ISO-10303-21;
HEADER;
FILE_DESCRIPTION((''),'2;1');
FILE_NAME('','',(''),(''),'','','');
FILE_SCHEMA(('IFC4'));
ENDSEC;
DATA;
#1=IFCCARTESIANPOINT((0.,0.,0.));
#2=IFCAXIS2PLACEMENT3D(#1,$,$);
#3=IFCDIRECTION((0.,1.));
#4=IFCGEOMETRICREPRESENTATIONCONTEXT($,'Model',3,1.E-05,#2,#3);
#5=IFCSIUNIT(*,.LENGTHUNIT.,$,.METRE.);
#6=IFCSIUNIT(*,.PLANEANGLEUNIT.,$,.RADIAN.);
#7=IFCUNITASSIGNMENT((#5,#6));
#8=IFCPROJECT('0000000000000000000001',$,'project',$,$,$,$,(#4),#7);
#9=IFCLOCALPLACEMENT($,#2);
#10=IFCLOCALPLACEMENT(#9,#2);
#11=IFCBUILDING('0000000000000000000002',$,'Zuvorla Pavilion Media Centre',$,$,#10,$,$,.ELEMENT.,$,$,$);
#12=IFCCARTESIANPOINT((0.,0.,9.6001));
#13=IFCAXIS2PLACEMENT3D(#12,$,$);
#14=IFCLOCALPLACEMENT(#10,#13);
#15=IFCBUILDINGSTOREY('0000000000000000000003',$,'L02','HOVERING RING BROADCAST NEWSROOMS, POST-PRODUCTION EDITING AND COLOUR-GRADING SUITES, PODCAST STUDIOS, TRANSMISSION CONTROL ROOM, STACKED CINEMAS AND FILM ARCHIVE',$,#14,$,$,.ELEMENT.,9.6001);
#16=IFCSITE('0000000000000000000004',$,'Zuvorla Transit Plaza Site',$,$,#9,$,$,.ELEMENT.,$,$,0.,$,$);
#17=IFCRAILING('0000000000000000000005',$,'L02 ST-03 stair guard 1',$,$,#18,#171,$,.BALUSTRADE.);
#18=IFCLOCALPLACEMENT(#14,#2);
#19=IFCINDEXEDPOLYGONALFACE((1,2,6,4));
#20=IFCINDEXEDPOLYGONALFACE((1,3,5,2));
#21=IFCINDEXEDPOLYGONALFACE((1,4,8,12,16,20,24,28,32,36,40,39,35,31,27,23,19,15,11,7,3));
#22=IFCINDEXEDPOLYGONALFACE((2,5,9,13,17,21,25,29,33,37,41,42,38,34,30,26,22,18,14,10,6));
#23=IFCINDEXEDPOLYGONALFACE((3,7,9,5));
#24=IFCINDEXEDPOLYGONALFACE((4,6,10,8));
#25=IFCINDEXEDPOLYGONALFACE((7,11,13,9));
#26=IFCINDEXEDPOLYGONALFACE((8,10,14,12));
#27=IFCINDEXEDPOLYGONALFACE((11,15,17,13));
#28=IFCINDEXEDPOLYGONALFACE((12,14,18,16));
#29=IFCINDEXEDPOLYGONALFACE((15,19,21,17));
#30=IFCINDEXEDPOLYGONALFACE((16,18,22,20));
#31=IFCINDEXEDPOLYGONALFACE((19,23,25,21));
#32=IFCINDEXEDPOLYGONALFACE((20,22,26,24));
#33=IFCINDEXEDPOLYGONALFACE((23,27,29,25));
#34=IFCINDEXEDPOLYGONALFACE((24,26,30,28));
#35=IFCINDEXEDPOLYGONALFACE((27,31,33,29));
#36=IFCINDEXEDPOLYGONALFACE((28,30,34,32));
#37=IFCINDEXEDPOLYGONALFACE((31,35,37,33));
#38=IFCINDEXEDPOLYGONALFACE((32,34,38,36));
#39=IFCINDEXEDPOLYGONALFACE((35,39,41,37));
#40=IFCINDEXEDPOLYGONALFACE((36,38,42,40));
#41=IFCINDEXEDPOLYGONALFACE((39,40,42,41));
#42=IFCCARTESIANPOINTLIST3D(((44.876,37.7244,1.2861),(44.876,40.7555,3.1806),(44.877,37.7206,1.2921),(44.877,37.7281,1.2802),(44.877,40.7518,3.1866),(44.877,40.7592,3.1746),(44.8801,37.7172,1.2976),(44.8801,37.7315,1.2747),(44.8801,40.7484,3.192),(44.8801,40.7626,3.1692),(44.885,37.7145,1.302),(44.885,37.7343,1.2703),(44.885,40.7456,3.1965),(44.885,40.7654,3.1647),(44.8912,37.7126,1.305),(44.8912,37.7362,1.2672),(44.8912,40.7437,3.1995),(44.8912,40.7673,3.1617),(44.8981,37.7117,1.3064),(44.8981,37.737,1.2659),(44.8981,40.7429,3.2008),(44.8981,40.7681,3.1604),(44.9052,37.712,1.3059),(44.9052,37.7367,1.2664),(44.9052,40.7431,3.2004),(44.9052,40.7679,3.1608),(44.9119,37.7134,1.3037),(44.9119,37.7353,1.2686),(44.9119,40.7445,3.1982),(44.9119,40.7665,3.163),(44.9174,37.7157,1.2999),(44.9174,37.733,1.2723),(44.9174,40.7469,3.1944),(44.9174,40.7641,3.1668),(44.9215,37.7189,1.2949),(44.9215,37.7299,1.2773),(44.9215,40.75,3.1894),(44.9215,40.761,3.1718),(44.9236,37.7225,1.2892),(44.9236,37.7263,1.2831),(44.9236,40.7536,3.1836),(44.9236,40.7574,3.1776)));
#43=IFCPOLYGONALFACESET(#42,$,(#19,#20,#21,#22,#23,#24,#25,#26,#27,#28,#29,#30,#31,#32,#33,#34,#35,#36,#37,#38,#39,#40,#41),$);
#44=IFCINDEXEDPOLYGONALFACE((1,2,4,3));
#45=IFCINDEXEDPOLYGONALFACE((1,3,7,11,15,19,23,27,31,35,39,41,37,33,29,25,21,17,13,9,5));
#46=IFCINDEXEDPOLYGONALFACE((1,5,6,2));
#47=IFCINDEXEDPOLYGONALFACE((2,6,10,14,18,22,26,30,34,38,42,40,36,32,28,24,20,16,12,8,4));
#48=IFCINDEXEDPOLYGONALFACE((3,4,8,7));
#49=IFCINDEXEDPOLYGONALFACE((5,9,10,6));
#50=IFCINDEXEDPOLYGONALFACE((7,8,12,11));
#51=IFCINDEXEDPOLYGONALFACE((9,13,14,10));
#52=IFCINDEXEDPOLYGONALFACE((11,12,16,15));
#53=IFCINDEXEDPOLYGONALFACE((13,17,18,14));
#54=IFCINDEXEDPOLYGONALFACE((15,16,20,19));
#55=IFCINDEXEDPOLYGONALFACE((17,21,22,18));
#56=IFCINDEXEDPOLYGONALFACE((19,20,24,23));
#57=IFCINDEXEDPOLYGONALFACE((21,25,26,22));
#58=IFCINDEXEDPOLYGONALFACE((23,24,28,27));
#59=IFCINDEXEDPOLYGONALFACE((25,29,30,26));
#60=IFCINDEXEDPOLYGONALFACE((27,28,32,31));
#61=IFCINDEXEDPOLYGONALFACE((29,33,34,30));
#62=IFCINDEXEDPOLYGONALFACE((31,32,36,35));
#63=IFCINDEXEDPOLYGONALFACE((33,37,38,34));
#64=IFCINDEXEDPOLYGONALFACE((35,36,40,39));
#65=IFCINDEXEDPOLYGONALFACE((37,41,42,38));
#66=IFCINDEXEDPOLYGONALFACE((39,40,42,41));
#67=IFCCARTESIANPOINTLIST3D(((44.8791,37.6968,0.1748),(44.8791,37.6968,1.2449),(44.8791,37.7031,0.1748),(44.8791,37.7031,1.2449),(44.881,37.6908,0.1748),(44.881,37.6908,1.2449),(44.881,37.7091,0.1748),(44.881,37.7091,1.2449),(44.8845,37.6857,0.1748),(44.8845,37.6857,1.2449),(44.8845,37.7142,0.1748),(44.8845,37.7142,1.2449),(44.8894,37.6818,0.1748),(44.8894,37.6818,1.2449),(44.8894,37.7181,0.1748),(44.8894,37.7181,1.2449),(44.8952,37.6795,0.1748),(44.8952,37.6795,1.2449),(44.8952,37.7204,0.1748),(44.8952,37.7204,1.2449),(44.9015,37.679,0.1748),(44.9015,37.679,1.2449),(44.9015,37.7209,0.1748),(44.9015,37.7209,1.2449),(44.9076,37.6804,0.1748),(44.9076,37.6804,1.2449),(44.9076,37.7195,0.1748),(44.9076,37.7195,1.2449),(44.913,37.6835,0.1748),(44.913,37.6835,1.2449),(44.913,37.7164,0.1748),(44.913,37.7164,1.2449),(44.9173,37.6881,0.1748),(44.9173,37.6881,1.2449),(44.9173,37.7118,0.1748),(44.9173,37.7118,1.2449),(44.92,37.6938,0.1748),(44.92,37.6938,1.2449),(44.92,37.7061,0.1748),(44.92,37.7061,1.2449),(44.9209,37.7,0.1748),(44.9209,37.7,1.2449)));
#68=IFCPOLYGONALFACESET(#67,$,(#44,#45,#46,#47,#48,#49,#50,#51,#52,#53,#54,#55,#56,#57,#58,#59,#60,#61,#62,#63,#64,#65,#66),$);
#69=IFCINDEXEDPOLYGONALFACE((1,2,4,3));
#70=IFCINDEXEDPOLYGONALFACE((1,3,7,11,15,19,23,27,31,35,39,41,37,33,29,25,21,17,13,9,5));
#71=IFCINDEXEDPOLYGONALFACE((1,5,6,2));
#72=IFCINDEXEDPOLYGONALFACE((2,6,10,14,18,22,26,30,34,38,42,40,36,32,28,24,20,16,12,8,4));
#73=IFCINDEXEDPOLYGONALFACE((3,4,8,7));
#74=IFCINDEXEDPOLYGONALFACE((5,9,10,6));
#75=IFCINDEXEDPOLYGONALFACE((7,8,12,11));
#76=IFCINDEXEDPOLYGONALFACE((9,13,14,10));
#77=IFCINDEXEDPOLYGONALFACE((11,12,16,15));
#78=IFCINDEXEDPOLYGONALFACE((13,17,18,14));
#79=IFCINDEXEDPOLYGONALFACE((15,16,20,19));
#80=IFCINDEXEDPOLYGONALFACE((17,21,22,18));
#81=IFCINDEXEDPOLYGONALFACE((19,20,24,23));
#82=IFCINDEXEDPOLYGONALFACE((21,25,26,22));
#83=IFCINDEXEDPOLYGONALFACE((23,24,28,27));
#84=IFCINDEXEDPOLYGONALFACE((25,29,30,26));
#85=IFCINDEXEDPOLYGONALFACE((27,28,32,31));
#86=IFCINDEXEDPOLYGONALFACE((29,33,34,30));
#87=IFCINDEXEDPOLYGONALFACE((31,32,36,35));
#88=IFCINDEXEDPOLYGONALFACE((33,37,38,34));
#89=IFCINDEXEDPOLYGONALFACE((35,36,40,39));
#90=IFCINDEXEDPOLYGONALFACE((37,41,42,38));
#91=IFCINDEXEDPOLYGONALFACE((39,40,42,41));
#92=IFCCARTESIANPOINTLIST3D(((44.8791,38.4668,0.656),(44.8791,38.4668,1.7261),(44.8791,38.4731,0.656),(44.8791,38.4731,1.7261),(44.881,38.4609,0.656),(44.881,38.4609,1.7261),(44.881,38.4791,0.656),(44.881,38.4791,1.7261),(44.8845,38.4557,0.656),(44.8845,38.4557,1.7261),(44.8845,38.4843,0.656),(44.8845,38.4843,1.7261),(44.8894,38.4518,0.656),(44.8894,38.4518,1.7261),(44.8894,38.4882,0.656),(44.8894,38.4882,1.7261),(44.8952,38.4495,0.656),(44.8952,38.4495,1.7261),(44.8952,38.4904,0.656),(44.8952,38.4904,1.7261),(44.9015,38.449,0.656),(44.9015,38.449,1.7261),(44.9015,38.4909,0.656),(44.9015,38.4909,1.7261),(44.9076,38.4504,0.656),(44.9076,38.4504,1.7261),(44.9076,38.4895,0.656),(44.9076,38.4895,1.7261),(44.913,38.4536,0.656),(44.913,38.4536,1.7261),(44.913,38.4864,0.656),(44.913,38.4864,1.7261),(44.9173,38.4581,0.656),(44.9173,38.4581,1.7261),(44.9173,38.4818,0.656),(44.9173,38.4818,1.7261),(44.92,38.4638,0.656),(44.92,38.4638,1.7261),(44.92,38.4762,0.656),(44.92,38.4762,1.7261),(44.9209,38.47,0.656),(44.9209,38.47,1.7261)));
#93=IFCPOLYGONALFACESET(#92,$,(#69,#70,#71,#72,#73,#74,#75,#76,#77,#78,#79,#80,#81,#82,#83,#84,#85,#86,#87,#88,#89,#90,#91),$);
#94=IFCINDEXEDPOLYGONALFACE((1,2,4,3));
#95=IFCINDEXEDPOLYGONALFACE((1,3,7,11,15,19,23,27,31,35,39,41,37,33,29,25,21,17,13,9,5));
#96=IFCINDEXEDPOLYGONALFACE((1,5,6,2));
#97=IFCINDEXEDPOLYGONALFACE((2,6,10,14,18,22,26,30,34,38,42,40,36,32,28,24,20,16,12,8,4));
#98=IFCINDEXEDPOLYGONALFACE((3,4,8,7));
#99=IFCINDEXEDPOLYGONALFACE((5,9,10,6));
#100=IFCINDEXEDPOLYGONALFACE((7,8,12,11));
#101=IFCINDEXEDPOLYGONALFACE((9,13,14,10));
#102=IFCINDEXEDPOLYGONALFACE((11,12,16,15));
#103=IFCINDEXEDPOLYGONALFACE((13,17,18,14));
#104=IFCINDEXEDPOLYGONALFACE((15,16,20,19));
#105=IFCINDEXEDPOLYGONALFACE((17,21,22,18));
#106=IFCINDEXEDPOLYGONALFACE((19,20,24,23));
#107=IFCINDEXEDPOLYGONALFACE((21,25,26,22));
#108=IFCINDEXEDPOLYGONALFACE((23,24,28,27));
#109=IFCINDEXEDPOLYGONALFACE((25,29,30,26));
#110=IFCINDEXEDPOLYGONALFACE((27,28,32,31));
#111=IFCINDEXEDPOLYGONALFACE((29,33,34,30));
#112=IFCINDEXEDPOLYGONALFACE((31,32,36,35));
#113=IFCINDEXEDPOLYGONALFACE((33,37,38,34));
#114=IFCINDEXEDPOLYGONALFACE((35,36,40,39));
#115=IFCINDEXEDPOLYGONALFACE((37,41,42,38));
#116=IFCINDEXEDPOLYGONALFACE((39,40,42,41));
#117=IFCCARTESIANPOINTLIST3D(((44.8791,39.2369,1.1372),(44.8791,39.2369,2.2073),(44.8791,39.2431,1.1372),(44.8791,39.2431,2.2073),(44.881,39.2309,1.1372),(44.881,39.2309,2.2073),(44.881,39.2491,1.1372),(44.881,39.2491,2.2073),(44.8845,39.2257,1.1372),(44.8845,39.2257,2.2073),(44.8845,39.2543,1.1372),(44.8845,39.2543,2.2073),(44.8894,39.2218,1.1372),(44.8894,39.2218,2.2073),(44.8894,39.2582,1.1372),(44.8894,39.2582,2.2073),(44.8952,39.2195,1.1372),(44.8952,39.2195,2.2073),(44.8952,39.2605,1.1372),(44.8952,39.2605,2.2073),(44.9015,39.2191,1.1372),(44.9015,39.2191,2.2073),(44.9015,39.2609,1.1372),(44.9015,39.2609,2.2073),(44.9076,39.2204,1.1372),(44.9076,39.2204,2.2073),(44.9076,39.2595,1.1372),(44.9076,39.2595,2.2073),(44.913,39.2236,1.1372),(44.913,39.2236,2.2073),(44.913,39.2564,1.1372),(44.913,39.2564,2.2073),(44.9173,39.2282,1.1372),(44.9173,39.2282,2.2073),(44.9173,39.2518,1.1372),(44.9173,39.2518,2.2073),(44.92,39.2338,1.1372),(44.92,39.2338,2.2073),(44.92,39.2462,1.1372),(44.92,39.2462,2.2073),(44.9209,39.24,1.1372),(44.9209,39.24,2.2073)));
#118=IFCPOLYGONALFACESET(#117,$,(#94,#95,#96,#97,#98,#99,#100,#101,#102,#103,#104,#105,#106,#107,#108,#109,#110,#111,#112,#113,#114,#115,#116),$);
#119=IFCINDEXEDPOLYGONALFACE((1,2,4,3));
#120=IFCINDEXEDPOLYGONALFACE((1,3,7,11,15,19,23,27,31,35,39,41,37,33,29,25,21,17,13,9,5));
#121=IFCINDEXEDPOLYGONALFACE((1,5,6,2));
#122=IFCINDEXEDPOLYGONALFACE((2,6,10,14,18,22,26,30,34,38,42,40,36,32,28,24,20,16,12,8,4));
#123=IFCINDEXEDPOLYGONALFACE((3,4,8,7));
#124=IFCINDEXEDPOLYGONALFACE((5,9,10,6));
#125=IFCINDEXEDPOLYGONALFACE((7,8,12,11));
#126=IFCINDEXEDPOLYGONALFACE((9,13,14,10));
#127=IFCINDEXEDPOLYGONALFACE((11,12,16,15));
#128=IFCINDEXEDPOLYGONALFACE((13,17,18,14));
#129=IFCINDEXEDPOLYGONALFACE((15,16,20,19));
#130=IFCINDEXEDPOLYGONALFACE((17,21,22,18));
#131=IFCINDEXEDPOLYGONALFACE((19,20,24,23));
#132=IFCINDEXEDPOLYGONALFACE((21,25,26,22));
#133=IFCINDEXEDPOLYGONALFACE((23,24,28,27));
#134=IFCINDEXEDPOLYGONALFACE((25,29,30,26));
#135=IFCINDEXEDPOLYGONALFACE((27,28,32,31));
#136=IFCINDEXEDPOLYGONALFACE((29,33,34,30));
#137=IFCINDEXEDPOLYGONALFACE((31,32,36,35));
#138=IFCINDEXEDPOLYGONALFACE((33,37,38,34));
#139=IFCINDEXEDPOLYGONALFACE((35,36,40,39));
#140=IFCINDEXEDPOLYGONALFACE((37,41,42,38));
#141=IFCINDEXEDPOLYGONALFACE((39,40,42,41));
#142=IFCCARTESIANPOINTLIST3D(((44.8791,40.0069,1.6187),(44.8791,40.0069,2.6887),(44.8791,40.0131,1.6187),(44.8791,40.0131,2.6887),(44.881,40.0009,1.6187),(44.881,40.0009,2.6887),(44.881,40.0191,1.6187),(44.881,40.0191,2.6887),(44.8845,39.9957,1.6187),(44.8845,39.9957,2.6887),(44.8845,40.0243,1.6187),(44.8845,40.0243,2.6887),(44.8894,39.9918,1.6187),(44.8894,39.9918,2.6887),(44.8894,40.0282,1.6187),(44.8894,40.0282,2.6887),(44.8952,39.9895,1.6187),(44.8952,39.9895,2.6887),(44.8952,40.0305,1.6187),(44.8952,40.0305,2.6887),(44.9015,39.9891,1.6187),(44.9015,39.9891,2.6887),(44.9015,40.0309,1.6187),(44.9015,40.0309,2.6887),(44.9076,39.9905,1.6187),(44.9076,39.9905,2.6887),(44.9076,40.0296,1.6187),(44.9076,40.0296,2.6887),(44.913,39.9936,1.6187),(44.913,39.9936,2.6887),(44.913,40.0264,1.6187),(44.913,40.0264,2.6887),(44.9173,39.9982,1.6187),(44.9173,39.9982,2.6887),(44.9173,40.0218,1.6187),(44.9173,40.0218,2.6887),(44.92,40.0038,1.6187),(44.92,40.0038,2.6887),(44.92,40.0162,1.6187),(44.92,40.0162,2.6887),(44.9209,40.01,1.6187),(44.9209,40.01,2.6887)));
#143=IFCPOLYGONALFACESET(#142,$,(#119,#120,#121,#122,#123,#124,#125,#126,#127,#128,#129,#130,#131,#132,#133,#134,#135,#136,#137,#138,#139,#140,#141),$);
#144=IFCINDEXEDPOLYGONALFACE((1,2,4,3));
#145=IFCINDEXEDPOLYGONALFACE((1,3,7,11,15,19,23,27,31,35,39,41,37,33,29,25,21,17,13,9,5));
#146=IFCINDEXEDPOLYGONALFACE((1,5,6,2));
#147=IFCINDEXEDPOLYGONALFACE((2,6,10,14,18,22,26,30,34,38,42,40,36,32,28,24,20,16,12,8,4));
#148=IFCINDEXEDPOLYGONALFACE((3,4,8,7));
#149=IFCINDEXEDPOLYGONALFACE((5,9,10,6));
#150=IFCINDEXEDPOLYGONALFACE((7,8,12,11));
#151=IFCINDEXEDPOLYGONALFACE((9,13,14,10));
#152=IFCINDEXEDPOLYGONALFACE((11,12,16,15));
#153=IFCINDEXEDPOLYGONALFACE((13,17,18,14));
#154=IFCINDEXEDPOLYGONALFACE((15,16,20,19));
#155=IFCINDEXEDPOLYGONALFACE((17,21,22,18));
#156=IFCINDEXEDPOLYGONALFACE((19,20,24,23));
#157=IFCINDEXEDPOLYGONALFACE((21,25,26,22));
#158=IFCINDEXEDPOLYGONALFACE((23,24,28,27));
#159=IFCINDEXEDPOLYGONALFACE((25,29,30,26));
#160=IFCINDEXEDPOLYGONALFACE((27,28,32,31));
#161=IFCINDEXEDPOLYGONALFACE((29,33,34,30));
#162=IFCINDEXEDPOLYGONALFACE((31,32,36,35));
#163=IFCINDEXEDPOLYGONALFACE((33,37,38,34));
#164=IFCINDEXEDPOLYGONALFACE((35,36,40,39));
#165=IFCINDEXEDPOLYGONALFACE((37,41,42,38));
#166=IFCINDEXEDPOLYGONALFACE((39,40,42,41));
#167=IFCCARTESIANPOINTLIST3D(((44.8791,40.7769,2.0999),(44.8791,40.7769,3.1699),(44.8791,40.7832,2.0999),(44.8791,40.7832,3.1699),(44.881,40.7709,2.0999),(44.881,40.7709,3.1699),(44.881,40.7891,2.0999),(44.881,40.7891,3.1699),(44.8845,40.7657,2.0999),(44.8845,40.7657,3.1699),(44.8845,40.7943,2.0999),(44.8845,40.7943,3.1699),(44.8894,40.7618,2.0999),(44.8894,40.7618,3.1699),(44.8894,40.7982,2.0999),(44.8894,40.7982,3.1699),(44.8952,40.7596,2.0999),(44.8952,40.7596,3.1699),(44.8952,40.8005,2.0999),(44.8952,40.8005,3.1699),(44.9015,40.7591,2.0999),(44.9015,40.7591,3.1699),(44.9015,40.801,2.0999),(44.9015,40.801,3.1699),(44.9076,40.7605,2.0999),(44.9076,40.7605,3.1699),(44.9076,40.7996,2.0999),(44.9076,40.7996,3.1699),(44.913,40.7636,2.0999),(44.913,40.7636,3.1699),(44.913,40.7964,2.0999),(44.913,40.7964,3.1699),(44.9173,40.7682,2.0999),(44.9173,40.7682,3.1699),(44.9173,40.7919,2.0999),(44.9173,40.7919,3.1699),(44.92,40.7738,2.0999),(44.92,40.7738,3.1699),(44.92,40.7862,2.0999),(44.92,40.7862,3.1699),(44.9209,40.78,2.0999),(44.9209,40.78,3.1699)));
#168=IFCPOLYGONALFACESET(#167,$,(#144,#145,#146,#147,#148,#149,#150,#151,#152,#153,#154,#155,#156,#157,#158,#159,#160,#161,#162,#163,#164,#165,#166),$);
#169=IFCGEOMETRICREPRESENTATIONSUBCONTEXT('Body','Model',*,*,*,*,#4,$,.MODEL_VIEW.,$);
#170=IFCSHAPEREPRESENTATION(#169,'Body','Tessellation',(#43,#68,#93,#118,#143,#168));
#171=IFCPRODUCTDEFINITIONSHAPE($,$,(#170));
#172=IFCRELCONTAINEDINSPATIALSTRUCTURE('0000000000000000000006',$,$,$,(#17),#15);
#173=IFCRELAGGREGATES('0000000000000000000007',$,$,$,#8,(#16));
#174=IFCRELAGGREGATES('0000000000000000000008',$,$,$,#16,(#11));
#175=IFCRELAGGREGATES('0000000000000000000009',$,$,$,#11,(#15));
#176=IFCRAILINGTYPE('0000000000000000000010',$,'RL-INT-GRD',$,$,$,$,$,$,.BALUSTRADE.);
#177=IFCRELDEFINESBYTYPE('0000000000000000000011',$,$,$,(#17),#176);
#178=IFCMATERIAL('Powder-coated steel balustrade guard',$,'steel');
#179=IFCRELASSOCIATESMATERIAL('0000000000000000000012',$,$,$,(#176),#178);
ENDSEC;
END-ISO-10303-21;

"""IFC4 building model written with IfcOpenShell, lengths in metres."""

from ifc_helpers import new_model, si_unit, direction, frame, origin, origin_2d, place, context, subcontext, project, spatial, circle, extrude, material, type_object, element, save


model = new_model("IFC4")

# Units and contexts
model_context = context("Model", 3, precision=1e-05, world=origin(), true_north=direction((0.0, 1.0)))
body_context = subcontext(model_context, "Body", "Model", "MODEL_VIEW")
ifc_project = project(units=[si_unit("LENGTHUNIT", "METRE"), si_unit("PLANEANGLEUNIT", "RADIAN")], contexts=[model_context])

# Site, building, storey
site_placement = place(None, origin())
site = spatial("IfcSite", under=ifc_project, at=site_placement, Name="Zuvorla Transit Plaza Site", CompositionType="ELEMENT", RefElevation=0.0)
building_placement = place(site_placement, origin())
building = spatial("IfcBuilding", under=site, at=building_placement, Name="Zuvorla Pavilion Media Centre", CompositionType="ELEMENT")
storey_placement = place(building_placement, frame((0.0, 0.0, 9.6001)))
storey = spatial("IfcBuildingStorey", under=building, at=storey_placement, Name="L02", Description="HOVERING RING BROADCAST NEWSROOMS, POST-PRODUCTION EDITING AND COLOUR-GRADING SUITES, PODCAST STUDIOS, TRANSMISSION CONTROL ROOM, STACKED CINEMAS AND FILM ARCHIVE", CompositionType="ELEMENT", Elevation=9.6001)

# Railing
ifc_material_1 = material(Name="Powder-coated steel balustrade guard", Category="steel")
railing_type_1 = type_object("IfcRailingType", Name="RL-INT-GRD", PredefinedType="BALUSTRADE", material=ifc_material_1)
railing_1_placement = place(storey_placement, frame((44.8999, 37.7, 0.1748)))
element("IfcRailing", 1, at=railing_1_placement, inside=storey, type_object=railing_type_1, Name="L02 ST-03 stair guard 1", PredefinedType="BALUSTRADE", context=body_context, shape_type="SweptSolid", body=[
    extrude(circle(Radius=0.0239, at=origin_2d()), frame((0.0, 0.0244, 1.1113), z_axis=(0.0, 0.847998, 0.529999), x_axis=(-1.0, 0.0, 0.0)), (0.0, 0.0, 1.0), 3.5745),
    extrude(circle(Radius=0.021, at=origin_2d()), origin(), (0.0, 0.0, 1.0), 1.0701),
    extrude(circle(Radius=0.021, at=origin_2d()), frame((0.0, 0.77, 0.4812)), (0.0, 0.0, 1.0), 1.0701),
    extrude(circle(Radius=0.021, at=origin_2d()), frame((0.0, 1.54, 0.9624)), (0.0, 0.0, 1.0), 1.0701),
    extrude(circle(Radius=0.021, at=origin_2d()), frame((0.0, 2.3101, 1.4438)), (0.0, 0.0, 1.0), 1.0701),
    extrude(circle(Radius=0.021, at=origin_2d()), frame((0.0, 3.0801, 1.925)), (0.0, 0.0, 1.0), 1.0701),
])

save(model, "model.ifc")
